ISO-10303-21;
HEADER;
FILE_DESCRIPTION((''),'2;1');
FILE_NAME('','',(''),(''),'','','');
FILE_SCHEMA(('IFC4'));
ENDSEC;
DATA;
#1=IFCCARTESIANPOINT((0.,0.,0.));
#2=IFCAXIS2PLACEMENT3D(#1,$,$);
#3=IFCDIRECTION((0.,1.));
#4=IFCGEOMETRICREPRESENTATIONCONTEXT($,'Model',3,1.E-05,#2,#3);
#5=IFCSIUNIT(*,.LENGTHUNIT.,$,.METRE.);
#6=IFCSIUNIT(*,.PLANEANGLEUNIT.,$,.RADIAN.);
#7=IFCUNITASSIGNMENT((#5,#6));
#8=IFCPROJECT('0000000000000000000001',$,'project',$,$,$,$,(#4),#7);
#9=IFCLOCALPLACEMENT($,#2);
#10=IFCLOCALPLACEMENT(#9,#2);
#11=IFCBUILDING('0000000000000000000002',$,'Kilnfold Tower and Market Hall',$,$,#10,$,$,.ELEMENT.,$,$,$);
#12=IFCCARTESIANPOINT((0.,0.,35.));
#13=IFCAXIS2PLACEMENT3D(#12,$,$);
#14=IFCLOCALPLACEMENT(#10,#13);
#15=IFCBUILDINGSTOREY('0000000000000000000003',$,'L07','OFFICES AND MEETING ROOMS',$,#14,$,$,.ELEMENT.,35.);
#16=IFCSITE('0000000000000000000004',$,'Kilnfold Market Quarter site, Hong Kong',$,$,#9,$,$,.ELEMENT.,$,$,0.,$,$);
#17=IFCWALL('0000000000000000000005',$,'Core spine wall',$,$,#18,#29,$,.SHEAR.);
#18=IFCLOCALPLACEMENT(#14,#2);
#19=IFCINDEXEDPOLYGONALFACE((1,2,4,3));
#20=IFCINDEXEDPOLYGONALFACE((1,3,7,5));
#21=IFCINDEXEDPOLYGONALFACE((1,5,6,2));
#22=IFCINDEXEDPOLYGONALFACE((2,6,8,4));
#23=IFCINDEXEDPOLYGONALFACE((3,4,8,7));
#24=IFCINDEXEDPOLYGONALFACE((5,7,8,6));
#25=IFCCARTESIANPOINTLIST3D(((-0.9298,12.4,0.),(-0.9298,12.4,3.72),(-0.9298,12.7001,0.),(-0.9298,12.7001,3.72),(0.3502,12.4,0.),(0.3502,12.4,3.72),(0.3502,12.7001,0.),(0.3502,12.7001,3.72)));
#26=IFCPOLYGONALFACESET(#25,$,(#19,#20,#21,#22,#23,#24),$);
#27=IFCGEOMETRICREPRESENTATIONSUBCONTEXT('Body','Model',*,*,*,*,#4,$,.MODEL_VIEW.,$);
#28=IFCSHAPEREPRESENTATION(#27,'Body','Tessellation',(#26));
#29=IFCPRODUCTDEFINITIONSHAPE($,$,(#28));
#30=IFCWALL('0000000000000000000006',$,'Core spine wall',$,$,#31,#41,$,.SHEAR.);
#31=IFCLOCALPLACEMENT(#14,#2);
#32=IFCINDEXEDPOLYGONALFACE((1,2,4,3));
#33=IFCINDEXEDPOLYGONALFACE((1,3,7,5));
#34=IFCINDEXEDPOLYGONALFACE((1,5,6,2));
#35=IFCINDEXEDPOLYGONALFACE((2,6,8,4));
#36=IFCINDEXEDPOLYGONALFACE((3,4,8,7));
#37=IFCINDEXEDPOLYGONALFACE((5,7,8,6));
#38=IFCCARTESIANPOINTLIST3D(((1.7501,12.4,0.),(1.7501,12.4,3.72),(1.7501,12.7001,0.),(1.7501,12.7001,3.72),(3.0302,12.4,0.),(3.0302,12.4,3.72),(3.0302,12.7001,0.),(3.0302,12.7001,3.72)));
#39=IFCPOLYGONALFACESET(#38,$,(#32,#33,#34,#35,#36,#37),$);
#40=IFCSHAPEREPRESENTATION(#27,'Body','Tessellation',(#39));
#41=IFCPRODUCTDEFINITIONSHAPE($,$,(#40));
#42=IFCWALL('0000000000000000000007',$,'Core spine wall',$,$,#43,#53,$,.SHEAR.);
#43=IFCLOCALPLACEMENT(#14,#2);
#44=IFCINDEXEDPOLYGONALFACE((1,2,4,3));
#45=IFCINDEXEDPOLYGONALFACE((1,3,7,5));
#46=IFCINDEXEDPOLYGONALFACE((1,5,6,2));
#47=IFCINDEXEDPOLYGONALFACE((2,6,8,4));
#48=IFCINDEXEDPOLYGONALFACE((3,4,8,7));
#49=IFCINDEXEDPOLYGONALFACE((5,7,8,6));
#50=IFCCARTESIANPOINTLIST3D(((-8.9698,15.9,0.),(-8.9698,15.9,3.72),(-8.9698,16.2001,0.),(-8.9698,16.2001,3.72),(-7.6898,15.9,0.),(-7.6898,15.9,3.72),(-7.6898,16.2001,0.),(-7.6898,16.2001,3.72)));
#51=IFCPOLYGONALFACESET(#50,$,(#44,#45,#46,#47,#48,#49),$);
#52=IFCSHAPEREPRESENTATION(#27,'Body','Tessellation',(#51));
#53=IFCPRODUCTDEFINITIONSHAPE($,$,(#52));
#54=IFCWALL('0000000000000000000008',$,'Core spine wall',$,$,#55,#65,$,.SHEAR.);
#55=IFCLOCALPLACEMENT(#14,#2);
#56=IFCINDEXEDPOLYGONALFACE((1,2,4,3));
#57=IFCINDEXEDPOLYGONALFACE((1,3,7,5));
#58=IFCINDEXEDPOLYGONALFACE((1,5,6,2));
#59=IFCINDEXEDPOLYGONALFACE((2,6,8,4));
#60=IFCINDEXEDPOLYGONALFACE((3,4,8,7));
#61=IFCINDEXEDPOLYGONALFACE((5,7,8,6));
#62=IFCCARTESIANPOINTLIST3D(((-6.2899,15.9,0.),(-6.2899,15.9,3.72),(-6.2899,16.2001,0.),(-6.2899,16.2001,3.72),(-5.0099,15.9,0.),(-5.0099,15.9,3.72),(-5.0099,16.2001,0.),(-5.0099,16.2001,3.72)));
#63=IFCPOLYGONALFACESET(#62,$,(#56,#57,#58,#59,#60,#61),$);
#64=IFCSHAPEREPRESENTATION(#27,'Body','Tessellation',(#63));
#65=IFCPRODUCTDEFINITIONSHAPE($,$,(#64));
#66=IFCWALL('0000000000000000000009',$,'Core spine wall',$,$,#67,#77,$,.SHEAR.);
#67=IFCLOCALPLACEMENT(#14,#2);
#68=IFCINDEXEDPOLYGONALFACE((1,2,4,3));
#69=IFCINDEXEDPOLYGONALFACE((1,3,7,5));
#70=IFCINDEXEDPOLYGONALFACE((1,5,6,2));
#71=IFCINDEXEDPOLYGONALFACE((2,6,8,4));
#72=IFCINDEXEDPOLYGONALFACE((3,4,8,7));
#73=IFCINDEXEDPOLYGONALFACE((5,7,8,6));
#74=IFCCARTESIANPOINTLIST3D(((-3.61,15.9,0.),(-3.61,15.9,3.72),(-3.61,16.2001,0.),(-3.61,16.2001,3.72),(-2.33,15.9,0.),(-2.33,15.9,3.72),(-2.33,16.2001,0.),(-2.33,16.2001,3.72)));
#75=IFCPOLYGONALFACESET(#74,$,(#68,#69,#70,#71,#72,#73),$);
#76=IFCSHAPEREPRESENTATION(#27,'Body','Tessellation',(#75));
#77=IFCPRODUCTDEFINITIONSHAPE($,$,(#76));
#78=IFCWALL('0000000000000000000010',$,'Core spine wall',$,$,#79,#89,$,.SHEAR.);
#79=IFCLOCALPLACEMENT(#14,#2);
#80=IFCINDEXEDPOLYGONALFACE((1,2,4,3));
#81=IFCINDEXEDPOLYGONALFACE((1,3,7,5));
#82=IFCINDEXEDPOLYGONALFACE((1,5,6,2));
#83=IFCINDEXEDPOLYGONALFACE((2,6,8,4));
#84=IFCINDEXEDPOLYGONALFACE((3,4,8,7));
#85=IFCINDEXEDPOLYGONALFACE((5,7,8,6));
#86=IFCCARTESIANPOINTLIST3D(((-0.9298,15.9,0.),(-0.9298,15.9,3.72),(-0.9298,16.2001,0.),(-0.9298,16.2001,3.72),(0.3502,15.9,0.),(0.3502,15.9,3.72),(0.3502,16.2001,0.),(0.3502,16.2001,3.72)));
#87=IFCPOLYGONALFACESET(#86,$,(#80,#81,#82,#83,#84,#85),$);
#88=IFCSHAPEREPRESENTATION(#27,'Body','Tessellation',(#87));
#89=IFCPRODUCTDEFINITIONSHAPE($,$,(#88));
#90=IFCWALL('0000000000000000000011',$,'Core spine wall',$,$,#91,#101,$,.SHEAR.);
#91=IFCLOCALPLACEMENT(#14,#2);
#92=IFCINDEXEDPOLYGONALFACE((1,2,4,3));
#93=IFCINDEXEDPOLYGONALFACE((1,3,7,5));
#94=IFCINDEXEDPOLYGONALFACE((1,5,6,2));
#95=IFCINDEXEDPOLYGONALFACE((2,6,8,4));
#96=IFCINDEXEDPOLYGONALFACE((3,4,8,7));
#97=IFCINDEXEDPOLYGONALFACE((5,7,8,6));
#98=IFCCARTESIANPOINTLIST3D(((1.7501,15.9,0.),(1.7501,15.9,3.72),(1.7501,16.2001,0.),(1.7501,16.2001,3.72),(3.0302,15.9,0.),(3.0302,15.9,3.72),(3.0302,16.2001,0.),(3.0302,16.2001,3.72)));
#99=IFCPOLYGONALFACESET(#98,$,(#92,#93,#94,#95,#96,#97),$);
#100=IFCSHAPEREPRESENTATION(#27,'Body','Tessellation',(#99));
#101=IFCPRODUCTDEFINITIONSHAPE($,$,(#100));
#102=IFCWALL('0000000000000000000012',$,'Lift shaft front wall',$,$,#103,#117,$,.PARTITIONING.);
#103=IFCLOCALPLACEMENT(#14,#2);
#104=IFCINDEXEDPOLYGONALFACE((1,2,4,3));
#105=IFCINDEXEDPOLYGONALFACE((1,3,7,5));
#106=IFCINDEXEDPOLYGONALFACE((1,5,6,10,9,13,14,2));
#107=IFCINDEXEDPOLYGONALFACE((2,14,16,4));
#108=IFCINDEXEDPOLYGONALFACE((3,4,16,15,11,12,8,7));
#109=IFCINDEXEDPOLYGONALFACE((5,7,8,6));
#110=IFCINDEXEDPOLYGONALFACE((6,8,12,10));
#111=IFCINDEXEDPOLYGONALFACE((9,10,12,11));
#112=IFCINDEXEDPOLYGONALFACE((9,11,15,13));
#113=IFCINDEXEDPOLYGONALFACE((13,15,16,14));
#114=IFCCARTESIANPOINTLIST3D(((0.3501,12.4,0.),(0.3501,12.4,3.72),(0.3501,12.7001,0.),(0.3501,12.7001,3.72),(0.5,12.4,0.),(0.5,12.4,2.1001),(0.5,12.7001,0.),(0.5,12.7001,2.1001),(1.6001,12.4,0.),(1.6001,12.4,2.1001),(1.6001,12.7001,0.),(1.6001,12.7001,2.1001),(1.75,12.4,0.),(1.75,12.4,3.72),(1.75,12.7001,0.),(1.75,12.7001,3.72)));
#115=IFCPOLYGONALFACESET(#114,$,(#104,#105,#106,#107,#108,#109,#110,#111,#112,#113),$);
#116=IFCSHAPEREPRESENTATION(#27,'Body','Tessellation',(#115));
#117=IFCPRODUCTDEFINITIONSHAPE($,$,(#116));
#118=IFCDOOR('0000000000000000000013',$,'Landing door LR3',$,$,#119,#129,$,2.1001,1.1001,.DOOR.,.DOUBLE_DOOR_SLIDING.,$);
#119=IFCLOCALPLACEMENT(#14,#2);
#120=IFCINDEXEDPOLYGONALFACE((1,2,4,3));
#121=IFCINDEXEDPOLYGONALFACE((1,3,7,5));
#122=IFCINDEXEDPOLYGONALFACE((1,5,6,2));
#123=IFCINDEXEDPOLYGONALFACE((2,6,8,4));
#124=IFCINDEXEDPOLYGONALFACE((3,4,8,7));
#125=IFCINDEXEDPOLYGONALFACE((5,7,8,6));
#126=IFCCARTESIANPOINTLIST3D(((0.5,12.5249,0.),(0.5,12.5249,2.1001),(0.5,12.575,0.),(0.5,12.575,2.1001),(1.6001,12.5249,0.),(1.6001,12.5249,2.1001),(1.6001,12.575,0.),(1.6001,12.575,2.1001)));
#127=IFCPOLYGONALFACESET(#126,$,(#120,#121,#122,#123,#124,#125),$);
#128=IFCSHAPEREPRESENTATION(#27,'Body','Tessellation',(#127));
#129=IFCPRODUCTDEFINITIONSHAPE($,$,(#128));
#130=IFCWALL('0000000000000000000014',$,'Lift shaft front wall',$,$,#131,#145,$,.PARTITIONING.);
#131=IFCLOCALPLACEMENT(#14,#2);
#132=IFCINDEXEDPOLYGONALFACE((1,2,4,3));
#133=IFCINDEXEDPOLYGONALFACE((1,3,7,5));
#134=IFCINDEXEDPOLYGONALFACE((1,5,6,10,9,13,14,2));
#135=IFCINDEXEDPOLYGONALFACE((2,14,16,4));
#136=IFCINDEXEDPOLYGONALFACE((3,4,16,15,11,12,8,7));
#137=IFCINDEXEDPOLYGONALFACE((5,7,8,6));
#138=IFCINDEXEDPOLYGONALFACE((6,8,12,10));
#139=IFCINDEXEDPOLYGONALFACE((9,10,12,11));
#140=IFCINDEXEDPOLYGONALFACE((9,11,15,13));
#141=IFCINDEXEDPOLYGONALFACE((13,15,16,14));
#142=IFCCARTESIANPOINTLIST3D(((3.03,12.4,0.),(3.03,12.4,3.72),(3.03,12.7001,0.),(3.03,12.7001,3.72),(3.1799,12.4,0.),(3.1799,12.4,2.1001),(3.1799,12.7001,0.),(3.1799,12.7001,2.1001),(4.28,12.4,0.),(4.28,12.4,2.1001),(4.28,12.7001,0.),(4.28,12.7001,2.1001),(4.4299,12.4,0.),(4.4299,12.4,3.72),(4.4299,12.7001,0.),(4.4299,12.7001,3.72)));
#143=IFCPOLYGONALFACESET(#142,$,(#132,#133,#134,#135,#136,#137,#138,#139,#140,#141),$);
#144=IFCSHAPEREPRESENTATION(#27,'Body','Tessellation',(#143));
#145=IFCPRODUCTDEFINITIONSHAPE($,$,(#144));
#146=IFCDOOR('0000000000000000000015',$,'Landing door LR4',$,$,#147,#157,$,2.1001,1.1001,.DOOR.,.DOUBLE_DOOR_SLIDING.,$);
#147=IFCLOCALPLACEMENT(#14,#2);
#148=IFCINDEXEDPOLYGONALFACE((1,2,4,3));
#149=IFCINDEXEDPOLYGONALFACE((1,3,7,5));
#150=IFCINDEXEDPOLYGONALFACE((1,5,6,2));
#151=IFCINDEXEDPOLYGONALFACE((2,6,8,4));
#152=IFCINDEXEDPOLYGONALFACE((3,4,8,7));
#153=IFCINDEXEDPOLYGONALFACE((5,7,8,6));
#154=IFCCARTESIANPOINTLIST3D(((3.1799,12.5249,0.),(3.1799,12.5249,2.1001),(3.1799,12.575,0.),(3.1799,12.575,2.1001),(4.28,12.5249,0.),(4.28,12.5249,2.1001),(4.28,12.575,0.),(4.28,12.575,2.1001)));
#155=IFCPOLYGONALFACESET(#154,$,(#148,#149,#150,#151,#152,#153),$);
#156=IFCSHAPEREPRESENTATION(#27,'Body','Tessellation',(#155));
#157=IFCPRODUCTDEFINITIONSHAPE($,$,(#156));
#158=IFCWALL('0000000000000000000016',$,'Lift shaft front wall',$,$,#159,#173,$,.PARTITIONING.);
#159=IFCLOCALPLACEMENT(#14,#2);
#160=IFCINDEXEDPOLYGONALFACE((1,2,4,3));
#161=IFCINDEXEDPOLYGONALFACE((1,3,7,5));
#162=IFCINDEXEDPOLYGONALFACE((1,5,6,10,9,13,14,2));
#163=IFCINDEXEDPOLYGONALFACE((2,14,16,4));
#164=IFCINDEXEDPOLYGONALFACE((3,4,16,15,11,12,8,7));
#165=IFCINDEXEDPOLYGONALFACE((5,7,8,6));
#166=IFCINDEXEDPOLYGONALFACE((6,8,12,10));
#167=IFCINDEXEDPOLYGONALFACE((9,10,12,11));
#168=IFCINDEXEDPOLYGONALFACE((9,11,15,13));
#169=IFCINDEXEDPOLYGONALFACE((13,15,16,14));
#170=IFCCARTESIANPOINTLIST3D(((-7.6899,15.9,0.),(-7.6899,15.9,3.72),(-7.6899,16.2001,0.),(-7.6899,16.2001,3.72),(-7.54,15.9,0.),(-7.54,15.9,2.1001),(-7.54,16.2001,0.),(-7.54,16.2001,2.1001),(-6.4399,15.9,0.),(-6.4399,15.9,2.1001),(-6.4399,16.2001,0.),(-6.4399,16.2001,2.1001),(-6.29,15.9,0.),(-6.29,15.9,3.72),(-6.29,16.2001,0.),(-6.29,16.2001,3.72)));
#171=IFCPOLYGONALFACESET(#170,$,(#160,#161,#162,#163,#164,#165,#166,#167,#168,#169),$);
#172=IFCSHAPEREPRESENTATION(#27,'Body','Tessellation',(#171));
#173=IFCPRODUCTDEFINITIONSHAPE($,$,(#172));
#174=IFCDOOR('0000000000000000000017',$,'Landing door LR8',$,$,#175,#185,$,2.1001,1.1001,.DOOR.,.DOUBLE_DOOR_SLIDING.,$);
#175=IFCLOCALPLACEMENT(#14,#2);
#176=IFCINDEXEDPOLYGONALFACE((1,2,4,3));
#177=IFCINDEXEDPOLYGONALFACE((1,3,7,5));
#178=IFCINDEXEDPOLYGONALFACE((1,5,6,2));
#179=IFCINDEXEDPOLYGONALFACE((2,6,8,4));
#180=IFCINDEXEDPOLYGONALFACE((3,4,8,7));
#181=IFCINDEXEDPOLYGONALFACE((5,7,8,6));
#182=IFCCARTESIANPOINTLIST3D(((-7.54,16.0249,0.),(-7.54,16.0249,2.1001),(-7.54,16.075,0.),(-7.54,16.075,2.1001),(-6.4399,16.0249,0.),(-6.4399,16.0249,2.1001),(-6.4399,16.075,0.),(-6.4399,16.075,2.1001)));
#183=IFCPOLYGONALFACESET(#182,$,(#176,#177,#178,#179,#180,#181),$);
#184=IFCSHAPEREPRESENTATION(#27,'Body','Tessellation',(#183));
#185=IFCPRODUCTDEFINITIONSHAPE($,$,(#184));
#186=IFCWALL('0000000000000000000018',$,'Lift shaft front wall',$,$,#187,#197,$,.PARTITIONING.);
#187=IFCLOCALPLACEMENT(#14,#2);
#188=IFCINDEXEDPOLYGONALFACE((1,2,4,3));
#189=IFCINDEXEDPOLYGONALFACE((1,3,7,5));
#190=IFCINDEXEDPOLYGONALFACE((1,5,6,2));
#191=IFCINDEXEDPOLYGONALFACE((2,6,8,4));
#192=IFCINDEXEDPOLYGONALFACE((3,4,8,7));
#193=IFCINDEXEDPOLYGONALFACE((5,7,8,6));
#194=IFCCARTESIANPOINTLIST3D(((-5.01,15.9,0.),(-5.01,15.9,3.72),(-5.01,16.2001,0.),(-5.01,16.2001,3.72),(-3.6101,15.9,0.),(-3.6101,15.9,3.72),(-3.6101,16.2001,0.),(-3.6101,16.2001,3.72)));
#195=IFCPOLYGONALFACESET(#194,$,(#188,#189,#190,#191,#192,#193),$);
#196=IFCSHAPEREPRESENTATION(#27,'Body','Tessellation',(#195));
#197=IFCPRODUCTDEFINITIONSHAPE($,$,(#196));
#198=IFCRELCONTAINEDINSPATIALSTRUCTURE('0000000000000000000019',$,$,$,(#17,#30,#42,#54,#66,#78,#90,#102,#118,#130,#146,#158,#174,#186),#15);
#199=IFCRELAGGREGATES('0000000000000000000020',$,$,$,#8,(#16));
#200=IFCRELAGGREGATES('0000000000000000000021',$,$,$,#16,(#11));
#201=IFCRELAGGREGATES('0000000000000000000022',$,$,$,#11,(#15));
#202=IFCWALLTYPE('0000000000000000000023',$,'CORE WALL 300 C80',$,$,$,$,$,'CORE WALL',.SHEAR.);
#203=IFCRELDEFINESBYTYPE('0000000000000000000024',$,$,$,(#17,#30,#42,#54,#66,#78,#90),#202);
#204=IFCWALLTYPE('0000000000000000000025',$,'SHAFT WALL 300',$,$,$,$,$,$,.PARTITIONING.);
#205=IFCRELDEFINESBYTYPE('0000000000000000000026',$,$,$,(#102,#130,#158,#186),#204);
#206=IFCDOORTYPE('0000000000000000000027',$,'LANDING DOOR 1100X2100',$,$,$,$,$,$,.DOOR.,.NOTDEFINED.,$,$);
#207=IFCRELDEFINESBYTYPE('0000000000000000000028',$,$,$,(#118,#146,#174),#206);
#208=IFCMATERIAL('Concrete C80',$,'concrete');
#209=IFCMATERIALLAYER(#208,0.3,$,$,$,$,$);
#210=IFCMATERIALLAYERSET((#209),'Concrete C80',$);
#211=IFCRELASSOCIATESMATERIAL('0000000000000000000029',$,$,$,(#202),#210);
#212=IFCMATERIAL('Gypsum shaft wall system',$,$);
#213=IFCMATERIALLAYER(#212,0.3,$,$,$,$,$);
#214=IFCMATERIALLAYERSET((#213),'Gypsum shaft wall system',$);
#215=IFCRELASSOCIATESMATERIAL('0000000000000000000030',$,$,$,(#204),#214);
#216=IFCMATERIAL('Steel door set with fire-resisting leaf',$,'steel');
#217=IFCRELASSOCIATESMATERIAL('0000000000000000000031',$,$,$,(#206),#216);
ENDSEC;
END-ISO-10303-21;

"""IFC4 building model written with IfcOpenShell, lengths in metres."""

from ifc_helpers import new_model, si_unit, direction, frame, frame_2d, origin, place, context, subcontext, project, spatial, rectangle, extrude, source, transform, mapped, material, layer, layer_set, type_object, element, fill, save


model = new_model("IFC4")

# Units and contexts
model_context = context("Model", 3, precision=1e-05, world=origin(), true_north=direction((0.0, 1.0)))
body_context = subcontext(model_context, "Body", "Model", "MODEL_VIEW")
ifc_project = project(units=[si_unit("LENGTHUNIT", "METRE"), si_unit("PLANEANGLEUNIT", "RADIAN")], contexts=[model_context])

# Site, building, storey
site_placement = place(None, origin())
site = spatial("IfcSite", under=ifc_project, at=site_placement, Name="Kilnfold Market Quarter site, Hong Kong", CompositionType="ELEMENT", RefElevation=0.0)
building_placement = place(site_placement, origin())
building = spatial("IfcBuilding", under=site, at=building_placement, Name="Kilnfold Tower and Market Hall", CompositionType="ELEMENT")
storey_placement = place(building_placement, frame((0.0, 0.0, 35.0)))
storey = spatial("IfcBuildingStorey", under=building, at=storey_placement, Name="L07", Description="OFFICES AND MEETING ROOMS", CompositionType="ELEMENT", Elevation=35.0)

# Walls
ifc_material_1 = material(Name="Concrete C80", Category="concrete")
ifc_layer_1 = layer(ifc_material_1, 0.3)
ifc_layer_set_1 = layer_set([ifc_layer_1], Name="Concrete C80")
wall_type_1 = type_object("IfcWallType", Name="CORE WALL 300 C80", ElementType="CORE WALL", PredefinedType="SHEAR", material=ifc_layer_set_1)
shared_shape_1 = source(origin(), body_context, "Body", "SweptSolid", [
    extrude(rectangle(XDim=1.28, YDim=0.3, at=frame_2d((0.6401, 0.0))), origin(), (0.0, 0.0, 1.0), 3.72),
])
for number, where, z_axis, x_axis, name in (
    (1, (-0.9299, 12.55, 0.0), (0.0, 0.0, 1.0), (1.0, 0.0, 0.0), "Core spine wall"),
    (2, (1.75, 12.55, 0.0), (0.0, 0.0, 1.0), (1.0, 0.0, 0.0), "Core spine wall"),
    (3, (-8.97, 16.05, 0.0), (0.0, 0.0, 1.0), (1.0, 0.0, 0.0), "Core spine wall"),
    (4, (-6.29, 16.05, 0.0), (0.0, 0.0, 1.0), (1.0, 0.0, 0.0), "Core spine wall"),
    (5, (-3.6101, 16.05, 0.0), (0.0, 0.0, 1.0), (1.0, 0.0, 0.0), "Core spine wall"),
    (6, (-0.9299, 16.05, 0.0), (0.0, 0.0, 1.0), (1.0, 0.0, 0.0), "Core spine wall"),
    (7, (1.75, 16.05, 0.0), (0.0, 0.0, 1.0), (1.0, 0.0, 0.0), "Core spine wall"),
):
    element("IfcWall", number, at=place(storey_placement, frame(where, z_axis=z_axis, x_axis=x_axis)), inside=storey, type_object=wall_type_1, Name=name, PredefinedType="SHEAR", context=body_context, shape_type="MappedRepresentation", body=[
        mapped(shared_shape_1, transform((0.0, 0.0, 0.0))),
    ])

# Walls, openings, doors
ifc_material_2 = material(Name="Gypsum shaft wall system")
ifc_layer_2 = layer(ifc_material_2, 0.3)
ifc_layer_set_2 = layer_set([ifc_layer_2], Name="Gypsum shaft wall system")
wall_type_2 = type_object("IfcWallType", Name="SHAFT WALL 300", PredefinedType="PARTITIONING", material=ifc_layer_set_2)
shared_shape_2 = source(origin(), body_context, "Body", "SweptSolid", [
    extrude(rectangle(XDim=1.3999, YDim=0.3, at=frame_2d((0.7, 0.0))), origin(), (0.0, 0.0, 1.0), 3.72),
])
wall_1_placement = place(storey_placement, frame((0.3501, 12.55, 0.0), z_axis=(0.0, 0.0, 1.0), x_axis=(1.0, 0.0, 0.0)))
wall_1 = element("IfcWall", 8, at=wall_1_placement, inside=storey, type_object=wall_type_2, Name="Lift shaft front wall", PredefinedType="PARTITIONING", context=body_context, shape_type="MappedRepresentation", body=[
    mapped(shared_shape_2, transform((0.0, 0.0, 0.0))),
])
opening_1_placement = place(wall_1_placement, frame((0.1499, 0.0, 0.0)))
opening_1 = element("IfcOpeningElement", 9, at=opening_1_placement, cuts=wall_1, PredefinedType="OPENING", context=body_context, shape_type="SweptSolid", body=[
    extrude(rectangle(XDim=1.1001, YDim=2.1001, at=frame_2d((0.55, 1.05))), frame((0.0, 0.1602, 0.0), z_axis=(0.0, -1.0, 0.0), x_axis=(1.0, 0.0, 0.0)), (0.0, 0.0, 1.0), 0.3201),
])
ifc_material_3 = material(Name="Steel door set with fire-resisting leaf", Category="steel")
door_type = type_object("IfcDoorType", Name="LANDING DOOR 1100X2100", OperationType="NOTDEFINED", PredefinedType="DOOR", material=ifc_material_3)
door_1_placement = place(opening_1_placement, origin())
door_1 = element("IfcDoor", 10, at=door_1_placement, inside=storey, type_object=door_type, Name="Landing door LR3", OperationType="DOUBLE_DOOR_SLIDING", OverallHeight=2.1001, OverallWidth=1.1001, PredefinedType="DOOR", context=body_context, shape_type="SweptSolid", body=[
    extrude(rectangle(XDim=1.1001, YDim=2.1001, at=frame_2d((0.55, 1.05))), frame((0.0, 0.0249, 0.0), z_axis=(0.0, -1.0, 0.0), x_axis=(1.0, 0.0, 0.0)), (0.0, 0.0, 1.0), 0.05),
])
fill(opening_1, door_1)
wall_2_placement = place(storey_placement, frame((3.03, 12.55, 0.0), z_axis=(0.0, 0.0, 1.0), x_axis=(1.0, 0.0, 0.0)))
wall_2 = element("IfcWall", 11, at=wall_2_placement, inside=storey, type_object=wall_type_2, Name="Lift shaft front wall", PredefinedType="PARTITIONING", context=body_context, shape_type="MappedRepresentation", body=[
    mapped(shared_shape_2, transform((0.0, 0.0, 0.0))),
])
opening_2_placement = place(wall_2_placement, frame((0.1499, 0.0, 0.0)))
opening_2 = element("IfcOpeningElement", 12, at=opening_2_placement, cuts=wall_2, PredefinedType="OPENING", context=body_context, shape_type="SweptSolid", body=[
    extrude(rectangle(XDim=1.1001, YDim=2.1001, at=frame_2d((0.55, 1.05))), frame((0.0, 0.1602, 0.0), z_axis=(0.0, -1.0, 0.0), x_axis=(1.0, 0.0, 0.0)), (0.0, 0.0, 1.0), 0.3201),
])
door_2_placement = place(opening_2_placement, origin())
door_2 = element("IfcDoor", 13, at=door_2_placement, inside=storey, type_object=door_type, Name="Landing door LR4", OperationType="DOUBLE_DOOR_SLIDING", OverallHeight=2.1001, OverallWidth=1.1001, PredefinedType="DOOR", context=body_context, shape_type="SweptSolid", body=[
    extrude(rectangle(XDim=1.1001, YDim=2.1001, at=frame_2d((0.55, 1.05))), frame((0.0, 0.0249, 0.0), z_axis=(0.0, -1.0, 0.0), x_axis=(1.0, 0.0, 0.0)), (0.0, 0.0, 1.0), 0.05),
])
fill(opening_2, door_2)
wall_3_placement = place(storey_placement, frame((-7.6899, 16.05, 0.0), z_axis=(0.0, 0.0, 1.0), x_axis=(1.0, 0.0, 0.0)))
wall_3 = element("IfcWall", 14, at=wall_3_placement, inside=storey, type_object=wall_type_2, Name="Lift shaft front wall", PredefinedType="PARTITIONING", context=body_context, shape_type="MappedRepresentation", body=[
    mapped(shared_shape_2, transform((0.0, 0.0, 0.0))),
])
opening_3_placement = place(wall_3_placement, frame((0.1499, 0.0, 0.0)))
opening_3 = element("IfcOpeningElement", 15, at=opening_3_placement, cuts=wall_3, PredefinedType="OPENING", context=body_context, shape_type="SweptSolid", body=[
    extrude(rectangle(XDim=1.1001, YDim=2.1001, at=frame_2d((0.55, 1.05))), frame((0.0, 0.1602, 0.0), z_axis=(0.0, -1.0, 0.0), x_axis=(1.0, 0.0, 0.0)), (0.0, 0.0, 1.0), 0.3201),
])
door_3_placement = place(opening_3_placement, origin())
door_3 = element("IfcDoor", 16, at=door_3_placement, inside=storey, type_object=door_type, Name="Landing door LR8", OperationType="DOUBLE_DOOR_SLIDING", OverallHeight=2.1001, OverallWidth=1.1001, PredefinedType="DOOR", context=body_context, shape_type="SweptSolid", body=[
    extrude(rectangle(XDim=1.1001, YDim=2.1001, at=frame_2d((0.55, 1.05))), frame((0.0, 0.0249, 0.0), z_axis=(0.0, -1.0, 0.0), x_axis=(1.0, 0.0, 0.0)), (0.0, 0.0, 1.0), 0.05),
])
fill(opening_3, door_3)

# Wall
for number, where, z_axis, x_axis, name in (
    (17, (-5.01, 16.05, 0.0), (0.0, 0.0, 1.0), (1.0, 0.0, 0.0), "Lift shaft front wall"),
):
    element("IfcWall", number, at=place(storey_placement, frame(where, z_axis=z_axis, x_axis=x_axis)), inside=storey, type_object=wall_type_2, Name=name, PredefinedType="PARTITIONING", context=body_context, shape_type="MappedRepresentation", body=[
        mapped(shared_shape_2, transform((0.0, 0.0, 0.0))),
    ])

save(model, "model.ifc")
